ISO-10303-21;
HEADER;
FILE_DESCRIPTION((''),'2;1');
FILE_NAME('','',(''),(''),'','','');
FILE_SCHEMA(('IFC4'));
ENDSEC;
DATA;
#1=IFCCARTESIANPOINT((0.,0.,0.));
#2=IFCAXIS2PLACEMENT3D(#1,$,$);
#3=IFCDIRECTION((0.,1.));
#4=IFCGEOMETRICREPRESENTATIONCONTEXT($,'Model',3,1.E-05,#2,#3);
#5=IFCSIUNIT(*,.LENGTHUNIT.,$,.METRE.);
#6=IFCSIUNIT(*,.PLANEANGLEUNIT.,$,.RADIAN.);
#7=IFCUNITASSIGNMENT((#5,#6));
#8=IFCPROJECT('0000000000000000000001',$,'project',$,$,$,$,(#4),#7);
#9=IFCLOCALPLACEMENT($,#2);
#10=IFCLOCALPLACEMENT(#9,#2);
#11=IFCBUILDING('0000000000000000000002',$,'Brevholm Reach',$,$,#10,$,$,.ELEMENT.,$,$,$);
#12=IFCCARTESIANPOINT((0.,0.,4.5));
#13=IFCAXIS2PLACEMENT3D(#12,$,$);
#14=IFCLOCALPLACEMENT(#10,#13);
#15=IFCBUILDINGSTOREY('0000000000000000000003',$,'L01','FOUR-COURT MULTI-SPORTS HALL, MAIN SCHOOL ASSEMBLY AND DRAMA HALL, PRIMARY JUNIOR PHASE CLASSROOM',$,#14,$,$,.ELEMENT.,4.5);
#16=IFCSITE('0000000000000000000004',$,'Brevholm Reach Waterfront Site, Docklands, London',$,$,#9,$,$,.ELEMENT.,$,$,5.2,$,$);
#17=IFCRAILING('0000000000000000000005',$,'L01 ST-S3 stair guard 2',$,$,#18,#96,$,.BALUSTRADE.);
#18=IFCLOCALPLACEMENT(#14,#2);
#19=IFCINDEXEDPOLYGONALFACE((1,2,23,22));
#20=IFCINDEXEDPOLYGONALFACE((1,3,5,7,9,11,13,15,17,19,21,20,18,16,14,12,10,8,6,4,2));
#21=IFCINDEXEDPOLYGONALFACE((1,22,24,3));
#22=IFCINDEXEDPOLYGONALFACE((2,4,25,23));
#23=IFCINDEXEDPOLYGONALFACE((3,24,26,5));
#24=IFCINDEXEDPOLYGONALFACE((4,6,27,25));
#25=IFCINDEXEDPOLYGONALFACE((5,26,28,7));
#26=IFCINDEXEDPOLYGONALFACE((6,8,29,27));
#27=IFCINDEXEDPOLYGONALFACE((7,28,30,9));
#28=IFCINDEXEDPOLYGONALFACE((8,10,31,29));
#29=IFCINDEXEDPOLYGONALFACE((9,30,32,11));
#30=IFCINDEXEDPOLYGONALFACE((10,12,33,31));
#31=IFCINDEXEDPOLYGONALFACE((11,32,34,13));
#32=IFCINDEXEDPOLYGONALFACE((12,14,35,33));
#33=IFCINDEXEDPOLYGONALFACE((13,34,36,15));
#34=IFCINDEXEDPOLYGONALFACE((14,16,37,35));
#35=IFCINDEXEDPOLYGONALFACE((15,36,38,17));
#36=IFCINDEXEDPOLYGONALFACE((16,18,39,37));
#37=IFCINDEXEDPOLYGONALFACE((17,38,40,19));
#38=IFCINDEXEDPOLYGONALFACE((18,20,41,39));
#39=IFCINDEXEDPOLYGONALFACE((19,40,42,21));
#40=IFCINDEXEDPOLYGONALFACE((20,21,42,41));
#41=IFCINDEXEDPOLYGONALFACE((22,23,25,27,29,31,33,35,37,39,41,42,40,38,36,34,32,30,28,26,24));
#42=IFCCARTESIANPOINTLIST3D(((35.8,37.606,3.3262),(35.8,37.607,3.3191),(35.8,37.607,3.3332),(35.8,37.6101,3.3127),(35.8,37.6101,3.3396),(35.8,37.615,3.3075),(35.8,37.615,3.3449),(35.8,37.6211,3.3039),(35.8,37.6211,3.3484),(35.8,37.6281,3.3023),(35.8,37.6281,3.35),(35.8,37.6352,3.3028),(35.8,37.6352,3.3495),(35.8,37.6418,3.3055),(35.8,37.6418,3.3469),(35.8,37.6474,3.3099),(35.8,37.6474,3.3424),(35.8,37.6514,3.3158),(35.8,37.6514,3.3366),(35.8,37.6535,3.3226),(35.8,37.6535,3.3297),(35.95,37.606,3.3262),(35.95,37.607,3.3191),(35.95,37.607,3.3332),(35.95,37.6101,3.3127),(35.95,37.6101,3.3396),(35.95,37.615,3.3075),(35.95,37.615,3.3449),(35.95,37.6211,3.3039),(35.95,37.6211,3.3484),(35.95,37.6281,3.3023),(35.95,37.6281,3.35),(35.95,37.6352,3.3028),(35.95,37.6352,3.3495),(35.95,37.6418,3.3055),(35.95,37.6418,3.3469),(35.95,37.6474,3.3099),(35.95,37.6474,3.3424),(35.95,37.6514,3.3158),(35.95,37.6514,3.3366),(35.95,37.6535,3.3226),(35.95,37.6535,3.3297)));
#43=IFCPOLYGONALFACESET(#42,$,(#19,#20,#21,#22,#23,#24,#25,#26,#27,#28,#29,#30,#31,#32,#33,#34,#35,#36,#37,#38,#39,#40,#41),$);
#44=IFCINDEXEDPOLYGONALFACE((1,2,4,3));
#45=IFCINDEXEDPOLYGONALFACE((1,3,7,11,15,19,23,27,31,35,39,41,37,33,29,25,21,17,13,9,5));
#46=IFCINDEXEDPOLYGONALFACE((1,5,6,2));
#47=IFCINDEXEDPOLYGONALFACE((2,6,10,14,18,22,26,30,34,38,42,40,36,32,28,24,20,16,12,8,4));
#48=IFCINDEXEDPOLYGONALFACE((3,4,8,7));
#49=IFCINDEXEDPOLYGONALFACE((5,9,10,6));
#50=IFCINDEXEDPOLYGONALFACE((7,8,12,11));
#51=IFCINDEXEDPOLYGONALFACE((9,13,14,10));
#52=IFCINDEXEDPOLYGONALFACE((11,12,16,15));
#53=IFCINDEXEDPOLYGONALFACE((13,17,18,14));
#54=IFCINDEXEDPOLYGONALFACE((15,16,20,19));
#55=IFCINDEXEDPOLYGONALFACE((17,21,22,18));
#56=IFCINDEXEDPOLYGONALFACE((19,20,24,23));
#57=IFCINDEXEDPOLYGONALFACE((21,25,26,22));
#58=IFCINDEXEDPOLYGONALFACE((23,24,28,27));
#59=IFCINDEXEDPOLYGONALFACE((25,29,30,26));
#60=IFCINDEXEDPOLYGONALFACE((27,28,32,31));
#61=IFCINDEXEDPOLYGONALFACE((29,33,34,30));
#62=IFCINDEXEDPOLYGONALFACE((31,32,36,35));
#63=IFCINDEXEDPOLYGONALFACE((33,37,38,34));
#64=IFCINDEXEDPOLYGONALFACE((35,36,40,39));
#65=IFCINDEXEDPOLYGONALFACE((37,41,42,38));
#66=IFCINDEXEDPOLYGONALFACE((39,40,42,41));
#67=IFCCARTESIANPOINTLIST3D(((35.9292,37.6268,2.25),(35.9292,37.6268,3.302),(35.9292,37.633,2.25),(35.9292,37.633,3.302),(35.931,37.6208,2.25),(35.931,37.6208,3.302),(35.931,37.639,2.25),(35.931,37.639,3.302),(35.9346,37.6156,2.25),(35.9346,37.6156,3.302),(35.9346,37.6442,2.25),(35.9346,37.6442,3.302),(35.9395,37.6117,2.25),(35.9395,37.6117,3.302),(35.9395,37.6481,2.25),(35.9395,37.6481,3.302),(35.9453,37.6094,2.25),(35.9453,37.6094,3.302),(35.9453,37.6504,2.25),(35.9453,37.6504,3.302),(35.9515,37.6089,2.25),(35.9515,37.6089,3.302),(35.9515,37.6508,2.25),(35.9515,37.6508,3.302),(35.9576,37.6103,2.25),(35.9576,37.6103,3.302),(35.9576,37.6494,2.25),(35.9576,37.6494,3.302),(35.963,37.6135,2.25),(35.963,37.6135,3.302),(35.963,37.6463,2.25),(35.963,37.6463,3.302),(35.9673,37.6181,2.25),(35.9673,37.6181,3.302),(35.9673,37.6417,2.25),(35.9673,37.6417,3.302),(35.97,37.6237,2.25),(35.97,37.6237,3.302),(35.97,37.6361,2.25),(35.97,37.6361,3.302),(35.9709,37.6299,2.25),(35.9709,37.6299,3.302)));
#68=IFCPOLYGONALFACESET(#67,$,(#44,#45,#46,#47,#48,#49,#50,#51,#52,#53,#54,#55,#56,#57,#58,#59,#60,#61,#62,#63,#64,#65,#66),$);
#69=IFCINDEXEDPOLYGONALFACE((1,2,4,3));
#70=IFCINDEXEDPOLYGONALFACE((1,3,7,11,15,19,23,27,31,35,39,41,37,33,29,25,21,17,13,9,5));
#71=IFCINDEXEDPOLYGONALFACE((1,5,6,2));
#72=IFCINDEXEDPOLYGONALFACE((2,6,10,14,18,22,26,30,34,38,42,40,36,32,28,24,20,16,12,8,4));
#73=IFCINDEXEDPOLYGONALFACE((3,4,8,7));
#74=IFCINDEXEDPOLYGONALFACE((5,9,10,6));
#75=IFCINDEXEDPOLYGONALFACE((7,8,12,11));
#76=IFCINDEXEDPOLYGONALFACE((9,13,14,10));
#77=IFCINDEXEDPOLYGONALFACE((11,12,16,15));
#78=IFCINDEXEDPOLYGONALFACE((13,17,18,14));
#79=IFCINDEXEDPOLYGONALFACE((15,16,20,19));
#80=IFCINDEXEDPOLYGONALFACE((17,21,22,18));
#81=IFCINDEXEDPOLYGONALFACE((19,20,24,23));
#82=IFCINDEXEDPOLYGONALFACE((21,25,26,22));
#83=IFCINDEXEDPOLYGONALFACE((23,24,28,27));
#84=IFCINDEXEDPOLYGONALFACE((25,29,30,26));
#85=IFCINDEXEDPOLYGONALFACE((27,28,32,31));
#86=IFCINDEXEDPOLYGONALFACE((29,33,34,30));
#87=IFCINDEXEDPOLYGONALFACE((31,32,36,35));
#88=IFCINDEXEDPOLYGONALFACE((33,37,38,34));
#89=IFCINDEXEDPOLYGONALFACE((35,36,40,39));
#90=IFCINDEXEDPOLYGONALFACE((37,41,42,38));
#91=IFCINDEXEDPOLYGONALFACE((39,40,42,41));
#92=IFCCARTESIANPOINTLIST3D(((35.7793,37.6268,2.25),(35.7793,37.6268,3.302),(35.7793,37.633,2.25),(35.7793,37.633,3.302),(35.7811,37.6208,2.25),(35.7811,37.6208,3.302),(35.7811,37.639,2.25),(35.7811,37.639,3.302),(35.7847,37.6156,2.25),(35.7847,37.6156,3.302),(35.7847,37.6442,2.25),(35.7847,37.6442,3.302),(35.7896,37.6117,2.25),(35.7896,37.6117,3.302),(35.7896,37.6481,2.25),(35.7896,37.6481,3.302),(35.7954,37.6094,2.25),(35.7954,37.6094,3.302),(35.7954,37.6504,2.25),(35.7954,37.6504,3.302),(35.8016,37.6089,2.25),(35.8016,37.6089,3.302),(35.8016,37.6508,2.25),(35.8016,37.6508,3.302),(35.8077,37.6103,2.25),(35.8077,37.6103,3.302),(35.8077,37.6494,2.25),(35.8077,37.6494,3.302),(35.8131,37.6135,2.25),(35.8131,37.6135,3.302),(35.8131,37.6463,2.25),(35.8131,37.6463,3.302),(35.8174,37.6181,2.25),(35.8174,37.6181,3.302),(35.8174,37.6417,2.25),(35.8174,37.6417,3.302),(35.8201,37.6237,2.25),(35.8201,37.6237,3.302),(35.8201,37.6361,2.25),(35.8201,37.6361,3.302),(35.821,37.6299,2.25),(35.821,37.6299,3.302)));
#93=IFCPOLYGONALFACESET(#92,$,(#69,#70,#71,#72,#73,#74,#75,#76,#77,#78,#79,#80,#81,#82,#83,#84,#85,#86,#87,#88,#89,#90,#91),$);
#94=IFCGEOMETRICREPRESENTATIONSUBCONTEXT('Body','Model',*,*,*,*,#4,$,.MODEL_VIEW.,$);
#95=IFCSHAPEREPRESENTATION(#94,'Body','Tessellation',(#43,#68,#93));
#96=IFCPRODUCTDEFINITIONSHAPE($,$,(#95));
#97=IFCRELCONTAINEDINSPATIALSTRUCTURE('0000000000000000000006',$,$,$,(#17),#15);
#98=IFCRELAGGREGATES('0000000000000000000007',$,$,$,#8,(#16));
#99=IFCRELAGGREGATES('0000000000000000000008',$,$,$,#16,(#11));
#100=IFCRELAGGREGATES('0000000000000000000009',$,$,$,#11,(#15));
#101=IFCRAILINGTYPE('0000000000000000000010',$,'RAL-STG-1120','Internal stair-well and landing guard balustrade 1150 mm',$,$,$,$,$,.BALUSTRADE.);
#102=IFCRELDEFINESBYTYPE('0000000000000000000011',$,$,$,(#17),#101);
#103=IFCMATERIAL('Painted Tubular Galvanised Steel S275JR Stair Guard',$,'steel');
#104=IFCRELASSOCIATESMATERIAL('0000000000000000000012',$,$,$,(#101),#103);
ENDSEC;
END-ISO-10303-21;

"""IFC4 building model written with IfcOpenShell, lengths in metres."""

from ifc_helpers import new_model, si_unit, direction, frame, origin, origin_2d, place, context, subcontext, project, spatial, circle, extrude, material, type_object, element, save


model = new_model("IFC4")

# Units and contexts
model_context = context("Model", 3, precision=1e-05, world=origin(), true_north=direction((0.0, 1.0)))
body_context = subcontext(model_context, "Body", "Model", "MODEL_VIEW")
ifc_project = project(units=[si_unit("LENGTHUNIT", "METRE"), si_unit("PLANEANGLEUNIT", "RADIAN")], contexts=[model_context])

# Site, building, storey
site_placement = place(None, origin())
site = spatial("IfcSite", under=ifc_project, at=site_placement, Name="Brevholm Reach Waterfront Site, Docklands, London", CompositionType="ELEMENT", RefElevation=5.2)
building_placement = place(site_placement, origin())
building = spatial("IfcBuilding", under=site, at=building_placement, Name="Brevholm Reach", CompositionType="ELEMENT")
storey_placement = place(building_placement, frame((0.0, 0.0, 4.5)))
storey = spatial("IfcBuildingStorey", under=building, at=storey_placement, Name="L01", Description="FOUR-COURT MULTI-SPORTS HALL, MAIN SCHOOL ASSEMBLY AND DRAMA HALL, PRIMARY JUNIOR PHASE CLASSROOM", CompositionType="ELEMENT", Elevation=4.5)

# Railing
ifc_material_1 = material(Name="Painted Tubular Galvanised Steel S275JR Stair Guard", Category="steel")
railing_type_1 = type_object("IfcRailingType", Name="RAL-STG-1120", Description="Internal stair-well and landing guard balustrade 1150 mm", PredefinedType="BALUSTRADE", material=ifc_material_1)
railing_1_placement = place(storey_placement, frame((35.95, 37.6299, 2.25)))
element("IfcRailing", 1, at=railing_1_placement, inside=storey, type_object=railing_type_1, Name="L01 ST-S3 stair guard 2", PredefinedType="BALUSTRADE", context=body_context, shape_type="SweptSolid", body=[
    extrude(circle(Radius=0.0239, at=origin_2d()), frame((0.0, 0.0, 1.0762), z_axis=(-1.0, 0.0, 0.0), x_axis=(0.0, -1.0, 0.0)), (0.0, 0.0, 1.0), 0.1499),
    extrude(circle(Radius=0.021, at=origin_2d()), origin(), (0.0, 0.0, 1.0), 1.052),
    extrude(circle(Radius=0.021, at=origin_2d()), frame((-0.1499, 0.0, 0.0)), (0.0, 0.0, 1.0), 1.052),
])

save(model, "model.ifc")
